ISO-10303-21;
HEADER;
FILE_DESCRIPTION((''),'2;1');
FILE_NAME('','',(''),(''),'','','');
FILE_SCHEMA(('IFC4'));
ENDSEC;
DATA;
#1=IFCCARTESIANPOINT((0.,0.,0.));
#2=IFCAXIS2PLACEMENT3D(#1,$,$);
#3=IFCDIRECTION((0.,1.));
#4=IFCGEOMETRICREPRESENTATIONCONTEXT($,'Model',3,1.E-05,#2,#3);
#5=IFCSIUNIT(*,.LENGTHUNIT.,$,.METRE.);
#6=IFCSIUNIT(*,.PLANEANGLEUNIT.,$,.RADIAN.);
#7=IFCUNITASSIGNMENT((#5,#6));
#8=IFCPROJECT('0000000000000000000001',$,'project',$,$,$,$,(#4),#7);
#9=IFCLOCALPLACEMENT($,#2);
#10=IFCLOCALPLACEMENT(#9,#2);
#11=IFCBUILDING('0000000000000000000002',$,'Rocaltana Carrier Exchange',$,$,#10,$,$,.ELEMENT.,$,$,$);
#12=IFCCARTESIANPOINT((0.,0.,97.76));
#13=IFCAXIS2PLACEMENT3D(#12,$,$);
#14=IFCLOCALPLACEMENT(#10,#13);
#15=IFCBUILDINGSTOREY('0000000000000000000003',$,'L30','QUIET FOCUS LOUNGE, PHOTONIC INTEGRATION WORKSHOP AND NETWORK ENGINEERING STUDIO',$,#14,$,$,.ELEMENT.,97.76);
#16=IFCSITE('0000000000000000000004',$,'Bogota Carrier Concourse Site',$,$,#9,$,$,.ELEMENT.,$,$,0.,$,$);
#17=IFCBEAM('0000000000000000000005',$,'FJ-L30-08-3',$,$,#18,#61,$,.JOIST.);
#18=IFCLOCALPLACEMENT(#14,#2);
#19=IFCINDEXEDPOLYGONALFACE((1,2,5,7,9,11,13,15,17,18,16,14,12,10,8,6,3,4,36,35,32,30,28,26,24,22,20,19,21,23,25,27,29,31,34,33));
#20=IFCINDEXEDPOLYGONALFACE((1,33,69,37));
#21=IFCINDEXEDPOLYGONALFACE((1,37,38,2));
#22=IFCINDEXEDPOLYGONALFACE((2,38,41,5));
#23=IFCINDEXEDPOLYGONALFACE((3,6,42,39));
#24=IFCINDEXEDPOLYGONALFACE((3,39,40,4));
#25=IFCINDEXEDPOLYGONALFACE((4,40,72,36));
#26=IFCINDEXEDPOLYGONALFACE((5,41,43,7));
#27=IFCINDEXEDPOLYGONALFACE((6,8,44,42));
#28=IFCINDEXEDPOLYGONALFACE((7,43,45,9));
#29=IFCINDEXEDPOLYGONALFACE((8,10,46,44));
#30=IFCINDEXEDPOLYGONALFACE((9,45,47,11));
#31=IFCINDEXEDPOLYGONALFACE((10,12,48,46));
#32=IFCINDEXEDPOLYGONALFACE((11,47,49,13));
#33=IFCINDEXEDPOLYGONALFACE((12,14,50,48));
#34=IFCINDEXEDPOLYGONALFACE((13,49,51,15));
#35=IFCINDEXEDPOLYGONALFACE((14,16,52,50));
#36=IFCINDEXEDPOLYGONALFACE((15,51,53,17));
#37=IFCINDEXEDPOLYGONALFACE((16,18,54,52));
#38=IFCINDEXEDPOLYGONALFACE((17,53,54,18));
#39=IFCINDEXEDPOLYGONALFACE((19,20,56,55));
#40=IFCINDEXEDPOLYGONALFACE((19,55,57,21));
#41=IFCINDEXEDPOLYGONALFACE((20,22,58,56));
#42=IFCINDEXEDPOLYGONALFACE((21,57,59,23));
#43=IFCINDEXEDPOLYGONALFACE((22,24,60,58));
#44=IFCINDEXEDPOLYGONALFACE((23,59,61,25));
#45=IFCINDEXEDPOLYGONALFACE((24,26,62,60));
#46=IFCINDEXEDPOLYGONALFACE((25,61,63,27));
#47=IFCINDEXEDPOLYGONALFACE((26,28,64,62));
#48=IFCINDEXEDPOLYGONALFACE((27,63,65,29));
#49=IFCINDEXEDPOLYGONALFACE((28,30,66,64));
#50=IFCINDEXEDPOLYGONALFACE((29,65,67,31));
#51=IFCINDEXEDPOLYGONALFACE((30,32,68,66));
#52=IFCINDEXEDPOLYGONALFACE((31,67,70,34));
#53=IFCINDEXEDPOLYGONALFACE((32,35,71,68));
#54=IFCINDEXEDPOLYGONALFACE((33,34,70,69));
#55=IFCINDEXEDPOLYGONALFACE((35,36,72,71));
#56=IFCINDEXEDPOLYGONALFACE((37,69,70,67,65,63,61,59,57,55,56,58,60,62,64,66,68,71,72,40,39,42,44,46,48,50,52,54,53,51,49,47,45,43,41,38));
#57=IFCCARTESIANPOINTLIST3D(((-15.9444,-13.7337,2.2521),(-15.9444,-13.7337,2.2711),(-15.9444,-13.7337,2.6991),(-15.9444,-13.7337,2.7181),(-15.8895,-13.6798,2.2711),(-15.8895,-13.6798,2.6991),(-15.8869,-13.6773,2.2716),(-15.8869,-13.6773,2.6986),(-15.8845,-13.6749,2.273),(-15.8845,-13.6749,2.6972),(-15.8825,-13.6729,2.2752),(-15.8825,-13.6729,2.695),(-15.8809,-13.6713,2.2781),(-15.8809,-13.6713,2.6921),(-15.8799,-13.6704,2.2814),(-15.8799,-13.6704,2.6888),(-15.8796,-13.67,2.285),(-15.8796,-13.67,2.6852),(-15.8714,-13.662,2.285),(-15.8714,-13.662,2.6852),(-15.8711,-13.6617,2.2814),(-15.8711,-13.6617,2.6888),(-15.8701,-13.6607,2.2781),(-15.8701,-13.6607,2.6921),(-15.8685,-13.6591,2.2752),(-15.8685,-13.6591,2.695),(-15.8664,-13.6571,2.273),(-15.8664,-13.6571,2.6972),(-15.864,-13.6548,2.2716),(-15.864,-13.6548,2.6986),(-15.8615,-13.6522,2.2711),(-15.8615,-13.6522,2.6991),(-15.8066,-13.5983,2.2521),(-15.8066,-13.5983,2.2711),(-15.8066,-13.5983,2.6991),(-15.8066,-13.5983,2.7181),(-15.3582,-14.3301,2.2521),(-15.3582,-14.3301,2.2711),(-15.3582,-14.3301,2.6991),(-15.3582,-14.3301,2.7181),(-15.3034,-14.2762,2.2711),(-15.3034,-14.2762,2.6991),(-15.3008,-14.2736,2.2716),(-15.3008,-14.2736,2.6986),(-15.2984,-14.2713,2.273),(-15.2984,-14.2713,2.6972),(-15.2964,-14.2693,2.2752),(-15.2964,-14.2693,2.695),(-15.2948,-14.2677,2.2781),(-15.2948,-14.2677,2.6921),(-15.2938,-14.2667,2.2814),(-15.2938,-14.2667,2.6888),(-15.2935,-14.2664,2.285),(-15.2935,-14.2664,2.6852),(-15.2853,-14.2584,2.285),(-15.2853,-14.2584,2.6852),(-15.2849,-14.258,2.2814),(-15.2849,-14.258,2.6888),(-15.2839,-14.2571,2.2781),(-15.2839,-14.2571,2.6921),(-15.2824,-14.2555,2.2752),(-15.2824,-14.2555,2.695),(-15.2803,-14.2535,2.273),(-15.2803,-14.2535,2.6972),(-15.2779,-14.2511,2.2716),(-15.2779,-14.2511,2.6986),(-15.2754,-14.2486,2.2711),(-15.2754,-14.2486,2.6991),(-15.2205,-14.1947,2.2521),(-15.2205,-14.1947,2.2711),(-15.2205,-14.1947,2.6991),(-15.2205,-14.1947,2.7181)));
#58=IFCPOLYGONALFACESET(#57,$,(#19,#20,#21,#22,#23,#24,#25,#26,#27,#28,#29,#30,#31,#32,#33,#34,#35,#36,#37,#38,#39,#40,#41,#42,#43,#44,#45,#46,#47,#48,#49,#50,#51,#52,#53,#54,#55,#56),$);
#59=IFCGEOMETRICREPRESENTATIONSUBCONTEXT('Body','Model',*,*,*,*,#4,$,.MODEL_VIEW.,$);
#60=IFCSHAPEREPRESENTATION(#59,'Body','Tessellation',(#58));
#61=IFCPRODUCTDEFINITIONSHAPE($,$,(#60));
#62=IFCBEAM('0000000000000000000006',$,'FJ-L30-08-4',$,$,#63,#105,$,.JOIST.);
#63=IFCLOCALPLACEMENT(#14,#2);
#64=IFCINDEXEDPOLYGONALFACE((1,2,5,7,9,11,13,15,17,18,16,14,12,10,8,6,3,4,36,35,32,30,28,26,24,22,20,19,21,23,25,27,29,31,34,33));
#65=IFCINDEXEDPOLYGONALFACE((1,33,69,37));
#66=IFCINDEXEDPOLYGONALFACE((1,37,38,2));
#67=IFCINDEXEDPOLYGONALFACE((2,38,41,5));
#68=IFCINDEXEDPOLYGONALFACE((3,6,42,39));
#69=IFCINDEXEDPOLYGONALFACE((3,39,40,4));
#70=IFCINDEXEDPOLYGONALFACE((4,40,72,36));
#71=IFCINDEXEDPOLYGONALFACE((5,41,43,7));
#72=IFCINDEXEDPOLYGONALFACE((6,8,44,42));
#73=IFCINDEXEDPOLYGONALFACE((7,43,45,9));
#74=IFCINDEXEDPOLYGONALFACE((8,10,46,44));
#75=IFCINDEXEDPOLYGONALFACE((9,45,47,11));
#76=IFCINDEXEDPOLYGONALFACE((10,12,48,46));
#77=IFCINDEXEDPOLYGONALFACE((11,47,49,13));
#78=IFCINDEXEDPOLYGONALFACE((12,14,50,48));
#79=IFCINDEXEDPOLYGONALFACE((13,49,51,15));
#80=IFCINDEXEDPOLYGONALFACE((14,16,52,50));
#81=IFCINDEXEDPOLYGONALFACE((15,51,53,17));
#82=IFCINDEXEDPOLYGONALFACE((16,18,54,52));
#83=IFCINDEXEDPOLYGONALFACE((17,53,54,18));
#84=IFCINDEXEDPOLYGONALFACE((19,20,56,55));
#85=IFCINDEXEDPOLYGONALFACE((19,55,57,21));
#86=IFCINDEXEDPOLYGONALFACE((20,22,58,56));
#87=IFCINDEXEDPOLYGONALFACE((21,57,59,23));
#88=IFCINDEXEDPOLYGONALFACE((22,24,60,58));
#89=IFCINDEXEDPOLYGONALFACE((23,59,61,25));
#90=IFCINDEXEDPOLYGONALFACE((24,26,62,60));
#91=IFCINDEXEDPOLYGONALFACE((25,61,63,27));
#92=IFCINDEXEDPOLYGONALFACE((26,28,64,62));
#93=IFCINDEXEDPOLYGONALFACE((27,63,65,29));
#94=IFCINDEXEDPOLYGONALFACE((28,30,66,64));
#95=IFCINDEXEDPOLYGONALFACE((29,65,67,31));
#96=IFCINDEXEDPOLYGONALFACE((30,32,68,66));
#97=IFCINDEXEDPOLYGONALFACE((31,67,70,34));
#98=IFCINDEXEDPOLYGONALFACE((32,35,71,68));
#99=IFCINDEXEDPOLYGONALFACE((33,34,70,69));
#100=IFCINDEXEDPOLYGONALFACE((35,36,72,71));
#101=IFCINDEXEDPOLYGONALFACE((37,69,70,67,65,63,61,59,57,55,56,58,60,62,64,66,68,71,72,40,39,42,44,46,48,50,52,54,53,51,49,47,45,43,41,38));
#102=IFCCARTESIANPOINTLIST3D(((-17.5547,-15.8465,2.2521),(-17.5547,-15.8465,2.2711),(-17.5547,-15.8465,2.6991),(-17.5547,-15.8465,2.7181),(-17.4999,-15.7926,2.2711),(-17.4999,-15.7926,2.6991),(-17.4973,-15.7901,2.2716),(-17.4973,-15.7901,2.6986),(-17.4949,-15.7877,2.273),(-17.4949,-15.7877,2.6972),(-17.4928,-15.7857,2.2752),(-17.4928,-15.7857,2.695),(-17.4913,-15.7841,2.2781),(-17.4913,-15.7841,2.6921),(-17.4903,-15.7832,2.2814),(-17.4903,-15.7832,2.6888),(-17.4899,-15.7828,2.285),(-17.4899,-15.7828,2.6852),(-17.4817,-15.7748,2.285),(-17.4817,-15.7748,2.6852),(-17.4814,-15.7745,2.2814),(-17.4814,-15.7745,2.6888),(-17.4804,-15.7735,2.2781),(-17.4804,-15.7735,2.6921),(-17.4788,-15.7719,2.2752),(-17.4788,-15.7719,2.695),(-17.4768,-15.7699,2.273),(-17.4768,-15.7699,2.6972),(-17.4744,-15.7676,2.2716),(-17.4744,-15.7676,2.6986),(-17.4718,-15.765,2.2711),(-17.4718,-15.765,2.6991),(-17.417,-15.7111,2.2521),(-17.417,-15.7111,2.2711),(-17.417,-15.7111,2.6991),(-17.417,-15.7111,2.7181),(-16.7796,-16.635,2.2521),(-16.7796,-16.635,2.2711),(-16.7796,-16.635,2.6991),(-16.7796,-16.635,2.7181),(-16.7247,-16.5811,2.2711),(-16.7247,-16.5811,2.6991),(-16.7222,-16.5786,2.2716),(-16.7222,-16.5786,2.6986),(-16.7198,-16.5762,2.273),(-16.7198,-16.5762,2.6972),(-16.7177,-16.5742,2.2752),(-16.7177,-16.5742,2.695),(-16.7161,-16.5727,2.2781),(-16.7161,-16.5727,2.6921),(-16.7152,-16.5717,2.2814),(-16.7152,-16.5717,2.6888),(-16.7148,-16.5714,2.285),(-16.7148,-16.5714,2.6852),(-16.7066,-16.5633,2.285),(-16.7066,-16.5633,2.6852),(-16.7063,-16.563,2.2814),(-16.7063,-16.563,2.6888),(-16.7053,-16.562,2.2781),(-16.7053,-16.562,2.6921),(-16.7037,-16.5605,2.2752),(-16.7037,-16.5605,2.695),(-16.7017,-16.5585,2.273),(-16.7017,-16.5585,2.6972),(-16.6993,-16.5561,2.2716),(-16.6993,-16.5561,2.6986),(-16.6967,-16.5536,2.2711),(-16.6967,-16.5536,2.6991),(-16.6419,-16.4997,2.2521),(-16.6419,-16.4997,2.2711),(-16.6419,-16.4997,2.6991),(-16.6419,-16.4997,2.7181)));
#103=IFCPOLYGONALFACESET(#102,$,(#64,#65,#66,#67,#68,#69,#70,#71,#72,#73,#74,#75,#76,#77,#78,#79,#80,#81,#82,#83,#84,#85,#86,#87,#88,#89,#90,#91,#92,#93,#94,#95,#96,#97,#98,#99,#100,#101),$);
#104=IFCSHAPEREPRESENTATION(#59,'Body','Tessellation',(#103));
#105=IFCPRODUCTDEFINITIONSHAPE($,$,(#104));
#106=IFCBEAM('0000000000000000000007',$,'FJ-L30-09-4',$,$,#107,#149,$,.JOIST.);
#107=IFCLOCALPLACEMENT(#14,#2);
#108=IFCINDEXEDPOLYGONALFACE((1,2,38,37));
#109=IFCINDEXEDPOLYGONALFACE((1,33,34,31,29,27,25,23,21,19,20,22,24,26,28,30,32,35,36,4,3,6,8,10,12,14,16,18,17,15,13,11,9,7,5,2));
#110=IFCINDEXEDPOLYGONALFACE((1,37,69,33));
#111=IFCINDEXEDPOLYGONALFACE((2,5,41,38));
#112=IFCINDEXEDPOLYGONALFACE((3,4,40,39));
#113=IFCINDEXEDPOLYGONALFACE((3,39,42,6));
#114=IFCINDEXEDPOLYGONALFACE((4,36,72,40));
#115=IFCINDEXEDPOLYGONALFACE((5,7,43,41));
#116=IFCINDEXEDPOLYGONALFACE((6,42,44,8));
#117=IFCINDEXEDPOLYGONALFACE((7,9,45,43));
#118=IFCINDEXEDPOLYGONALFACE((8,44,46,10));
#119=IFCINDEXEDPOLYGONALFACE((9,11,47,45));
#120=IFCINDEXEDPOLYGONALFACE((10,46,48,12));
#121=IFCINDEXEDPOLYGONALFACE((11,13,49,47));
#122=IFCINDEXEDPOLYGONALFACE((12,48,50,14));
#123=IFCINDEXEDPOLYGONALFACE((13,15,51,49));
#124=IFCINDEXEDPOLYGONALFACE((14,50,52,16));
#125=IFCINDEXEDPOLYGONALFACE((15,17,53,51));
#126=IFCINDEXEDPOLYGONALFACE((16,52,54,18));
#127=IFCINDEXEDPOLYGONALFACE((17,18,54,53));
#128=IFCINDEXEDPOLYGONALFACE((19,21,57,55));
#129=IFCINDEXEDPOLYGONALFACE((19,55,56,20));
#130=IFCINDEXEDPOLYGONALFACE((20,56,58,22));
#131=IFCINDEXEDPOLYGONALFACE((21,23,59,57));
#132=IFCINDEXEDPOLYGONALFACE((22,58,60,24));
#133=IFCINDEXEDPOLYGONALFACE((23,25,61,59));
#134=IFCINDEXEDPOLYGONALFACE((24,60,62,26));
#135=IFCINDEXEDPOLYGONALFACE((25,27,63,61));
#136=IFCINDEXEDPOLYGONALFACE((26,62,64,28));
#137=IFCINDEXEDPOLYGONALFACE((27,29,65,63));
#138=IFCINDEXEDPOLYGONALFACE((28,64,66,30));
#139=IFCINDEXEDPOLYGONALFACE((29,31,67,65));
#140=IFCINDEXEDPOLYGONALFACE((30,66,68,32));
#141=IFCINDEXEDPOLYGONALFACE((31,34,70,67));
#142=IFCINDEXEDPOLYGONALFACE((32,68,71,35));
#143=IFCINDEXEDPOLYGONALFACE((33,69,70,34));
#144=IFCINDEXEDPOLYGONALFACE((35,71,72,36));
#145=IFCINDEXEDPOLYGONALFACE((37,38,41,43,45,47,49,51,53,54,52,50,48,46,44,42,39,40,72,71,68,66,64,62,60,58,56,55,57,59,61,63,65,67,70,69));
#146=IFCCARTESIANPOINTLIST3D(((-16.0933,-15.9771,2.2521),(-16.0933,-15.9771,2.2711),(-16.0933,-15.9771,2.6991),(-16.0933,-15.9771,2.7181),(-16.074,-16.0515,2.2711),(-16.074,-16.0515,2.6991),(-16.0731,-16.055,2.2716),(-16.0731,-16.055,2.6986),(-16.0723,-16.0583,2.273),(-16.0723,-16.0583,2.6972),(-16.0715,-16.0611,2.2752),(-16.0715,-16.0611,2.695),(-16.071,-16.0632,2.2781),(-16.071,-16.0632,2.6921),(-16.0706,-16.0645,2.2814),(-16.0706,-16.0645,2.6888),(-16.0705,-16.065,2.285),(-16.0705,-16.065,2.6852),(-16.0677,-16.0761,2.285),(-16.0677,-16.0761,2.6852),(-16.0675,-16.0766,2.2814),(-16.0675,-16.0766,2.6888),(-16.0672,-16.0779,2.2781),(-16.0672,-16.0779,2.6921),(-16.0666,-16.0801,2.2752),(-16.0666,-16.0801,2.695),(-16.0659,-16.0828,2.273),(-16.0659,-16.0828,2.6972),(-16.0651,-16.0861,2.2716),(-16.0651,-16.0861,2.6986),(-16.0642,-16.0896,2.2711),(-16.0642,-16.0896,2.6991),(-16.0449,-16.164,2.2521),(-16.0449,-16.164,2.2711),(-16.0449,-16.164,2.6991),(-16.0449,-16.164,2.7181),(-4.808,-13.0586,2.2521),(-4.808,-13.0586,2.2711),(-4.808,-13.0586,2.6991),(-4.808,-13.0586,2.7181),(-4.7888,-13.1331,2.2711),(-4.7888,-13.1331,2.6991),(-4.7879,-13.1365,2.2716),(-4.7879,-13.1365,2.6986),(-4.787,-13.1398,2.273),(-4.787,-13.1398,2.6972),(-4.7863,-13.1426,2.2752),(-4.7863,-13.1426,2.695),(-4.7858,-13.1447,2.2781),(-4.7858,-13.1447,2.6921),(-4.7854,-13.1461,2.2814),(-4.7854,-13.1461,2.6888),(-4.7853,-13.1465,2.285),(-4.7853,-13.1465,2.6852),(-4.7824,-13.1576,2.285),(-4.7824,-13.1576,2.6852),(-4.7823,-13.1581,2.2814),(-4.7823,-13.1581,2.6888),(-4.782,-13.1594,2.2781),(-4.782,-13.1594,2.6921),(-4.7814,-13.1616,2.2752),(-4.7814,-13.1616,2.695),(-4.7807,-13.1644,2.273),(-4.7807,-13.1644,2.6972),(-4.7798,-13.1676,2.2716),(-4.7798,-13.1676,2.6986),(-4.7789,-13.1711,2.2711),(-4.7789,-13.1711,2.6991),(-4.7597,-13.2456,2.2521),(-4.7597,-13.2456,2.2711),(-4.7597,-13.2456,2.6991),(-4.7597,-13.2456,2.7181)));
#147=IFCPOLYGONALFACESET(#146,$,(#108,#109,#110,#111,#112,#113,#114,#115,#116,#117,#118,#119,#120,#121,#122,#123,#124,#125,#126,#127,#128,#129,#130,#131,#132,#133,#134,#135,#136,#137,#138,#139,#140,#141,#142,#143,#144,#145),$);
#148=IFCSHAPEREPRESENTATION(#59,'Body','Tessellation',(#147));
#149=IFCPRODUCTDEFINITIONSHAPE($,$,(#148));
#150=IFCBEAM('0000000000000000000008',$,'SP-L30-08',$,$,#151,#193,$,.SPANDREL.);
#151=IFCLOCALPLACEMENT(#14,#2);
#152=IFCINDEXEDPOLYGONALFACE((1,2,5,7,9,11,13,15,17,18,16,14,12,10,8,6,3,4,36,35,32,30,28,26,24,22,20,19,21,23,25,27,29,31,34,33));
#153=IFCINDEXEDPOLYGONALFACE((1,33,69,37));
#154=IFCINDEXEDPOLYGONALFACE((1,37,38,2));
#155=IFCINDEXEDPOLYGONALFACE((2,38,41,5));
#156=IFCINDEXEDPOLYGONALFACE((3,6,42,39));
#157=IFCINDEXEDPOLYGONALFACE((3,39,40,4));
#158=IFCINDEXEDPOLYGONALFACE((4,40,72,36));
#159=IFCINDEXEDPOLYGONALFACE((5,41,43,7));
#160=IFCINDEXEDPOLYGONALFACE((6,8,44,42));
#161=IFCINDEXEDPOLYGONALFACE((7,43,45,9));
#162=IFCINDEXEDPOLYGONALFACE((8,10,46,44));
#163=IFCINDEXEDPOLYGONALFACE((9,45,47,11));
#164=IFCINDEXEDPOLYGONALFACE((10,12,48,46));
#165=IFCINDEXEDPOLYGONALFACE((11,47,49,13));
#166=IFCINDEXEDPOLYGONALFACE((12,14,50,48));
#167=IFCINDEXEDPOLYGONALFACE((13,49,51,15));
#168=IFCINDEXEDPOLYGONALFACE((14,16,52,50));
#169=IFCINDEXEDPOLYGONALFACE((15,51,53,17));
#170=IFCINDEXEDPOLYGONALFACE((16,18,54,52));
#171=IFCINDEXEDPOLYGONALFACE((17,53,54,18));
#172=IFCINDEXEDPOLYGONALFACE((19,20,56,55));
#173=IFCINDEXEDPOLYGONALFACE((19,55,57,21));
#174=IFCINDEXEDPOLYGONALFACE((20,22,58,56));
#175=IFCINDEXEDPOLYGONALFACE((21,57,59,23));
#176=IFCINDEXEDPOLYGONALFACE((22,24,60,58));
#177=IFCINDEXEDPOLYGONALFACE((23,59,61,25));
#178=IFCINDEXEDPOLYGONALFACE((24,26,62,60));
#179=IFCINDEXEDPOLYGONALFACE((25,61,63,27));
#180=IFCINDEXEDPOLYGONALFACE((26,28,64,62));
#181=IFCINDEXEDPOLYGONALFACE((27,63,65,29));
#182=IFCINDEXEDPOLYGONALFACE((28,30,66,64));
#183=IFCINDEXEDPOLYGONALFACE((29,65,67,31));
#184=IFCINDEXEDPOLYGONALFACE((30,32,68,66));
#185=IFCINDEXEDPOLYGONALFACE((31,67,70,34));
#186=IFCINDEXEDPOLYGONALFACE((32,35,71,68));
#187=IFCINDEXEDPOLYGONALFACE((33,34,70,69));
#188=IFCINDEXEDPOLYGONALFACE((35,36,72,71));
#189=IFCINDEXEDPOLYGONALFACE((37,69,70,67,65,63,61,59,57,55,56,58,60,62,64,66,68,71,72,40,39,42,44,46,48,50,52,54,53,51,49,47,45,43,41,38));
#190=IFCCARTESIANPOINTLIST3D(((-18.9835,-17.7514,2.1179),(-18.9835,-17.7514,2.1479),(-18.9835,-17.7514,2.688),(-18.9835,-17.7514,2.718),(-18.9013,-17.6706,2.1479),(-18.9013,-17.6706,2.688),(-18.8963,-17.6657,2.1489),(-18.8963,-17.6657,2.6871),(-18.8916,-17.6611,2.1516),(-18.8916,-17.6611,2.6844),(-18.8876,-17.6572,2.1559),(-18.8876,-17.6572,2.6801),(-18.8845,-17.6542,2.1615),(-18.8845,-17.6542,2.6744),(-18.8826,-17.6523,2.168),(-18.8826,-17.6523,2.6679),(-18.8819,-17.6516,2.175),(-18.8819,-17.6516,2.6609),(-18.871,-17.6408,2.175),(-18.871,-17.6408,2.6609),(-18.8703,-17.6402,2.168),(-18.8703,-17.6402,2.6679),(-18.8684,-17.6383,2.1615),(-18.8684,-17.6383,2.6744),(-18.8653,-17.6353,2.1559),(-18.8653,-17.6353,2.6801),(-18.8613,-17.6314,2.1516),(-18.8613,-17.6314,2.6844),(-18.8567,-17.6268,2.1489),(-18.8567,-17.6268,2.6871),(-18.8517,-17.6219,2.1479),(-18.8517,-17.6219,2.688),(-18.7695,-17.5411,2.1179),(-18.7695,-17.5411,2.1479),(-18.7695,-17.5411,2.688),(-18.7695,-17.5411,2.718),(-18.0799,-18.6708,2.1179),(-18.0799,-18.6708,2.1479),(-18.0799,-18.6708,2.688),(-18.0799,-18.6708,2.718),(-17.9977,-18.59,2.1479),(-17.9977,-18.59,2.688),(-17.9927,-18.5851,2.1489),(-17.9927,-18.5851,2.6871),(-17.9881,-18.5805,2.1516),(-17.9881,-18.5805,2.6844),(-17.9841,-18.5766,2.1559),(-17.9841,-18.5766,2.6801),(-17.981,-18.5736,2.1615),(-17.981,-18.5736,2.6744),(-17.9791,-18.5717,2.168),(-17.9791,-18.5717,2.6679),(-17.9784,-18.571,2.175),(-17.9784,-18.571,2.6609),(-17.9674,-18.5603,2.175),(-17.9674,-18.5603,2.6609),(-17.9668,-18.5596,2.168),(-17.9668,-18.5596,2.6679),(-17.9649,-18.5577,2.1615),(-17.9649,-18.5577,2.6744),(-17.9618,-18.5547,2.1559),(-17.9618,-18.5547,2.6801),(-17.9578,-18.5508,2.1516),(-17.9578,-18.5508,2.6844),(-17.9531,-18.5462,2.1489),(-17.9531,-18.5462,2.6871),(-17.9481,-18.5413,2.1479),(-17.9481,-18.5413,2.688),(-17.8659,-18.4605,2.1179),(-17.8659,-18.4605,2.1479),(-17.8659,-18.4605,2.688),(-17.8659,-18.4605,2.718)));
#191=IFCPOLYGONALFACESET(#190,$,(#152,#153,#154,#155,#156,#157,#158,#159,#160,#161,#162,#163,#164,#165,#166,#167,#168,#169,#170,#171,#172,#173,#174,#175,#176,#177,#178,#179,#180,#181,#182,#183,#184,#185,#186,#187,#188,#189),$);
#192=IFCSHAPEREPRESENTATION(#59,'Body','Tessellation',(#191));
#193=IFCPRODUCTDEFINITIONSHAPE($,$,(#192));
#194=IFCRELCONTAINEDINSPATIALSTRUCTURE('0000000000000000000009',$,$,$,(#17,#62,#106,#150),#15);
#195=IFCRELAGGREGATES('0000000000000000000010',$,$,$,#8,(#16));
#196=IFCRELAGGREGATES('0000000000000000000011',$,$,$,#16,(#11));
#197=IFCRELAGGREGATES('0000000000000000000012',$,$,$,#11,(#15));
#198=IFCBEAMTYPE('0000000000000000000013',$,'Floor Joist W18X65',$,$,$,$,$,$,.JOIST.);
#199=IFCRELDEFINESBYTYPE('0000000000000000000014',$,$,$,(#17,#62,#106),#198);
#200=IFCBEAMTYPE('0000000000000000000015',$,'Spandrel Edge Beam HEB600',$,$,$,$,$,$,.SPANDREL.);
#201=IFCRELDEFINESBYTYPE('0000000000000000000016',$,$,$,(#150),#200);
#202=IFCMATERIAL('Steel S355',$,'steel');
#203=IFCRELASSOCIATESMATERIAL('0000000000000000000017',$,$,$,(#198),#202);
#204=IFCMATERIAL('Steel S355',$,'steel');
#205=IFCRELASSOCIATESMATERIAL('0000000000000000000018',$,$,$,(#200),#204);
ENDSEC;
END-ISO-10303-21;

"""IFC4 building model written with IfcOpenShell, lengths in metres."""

from ifc_helpers import new_model, si_unit, direction, frame, origin, origin_2d, place, context, subcontext, project, spatial, i_section, extrude, material, material_profile, profile_set, type_object, element, save


model = new_model("IFC4")

# Units and contexts
model_context = context("Model", 3, precision=1e-05, world=origin(), true_north=direction((0.0, 1.0)))
body_context = subcontext(model_context, "Body", "Model", "MODEL_VIEW")
ifc_project = project(units=[si_unit("LENGTHUNIT", "METRE"), si_unit("PLANEANGLEUNIT", "RADIAN")], contexts=[model_context])

# Site, building, storey
site_placement = place(None, origin())
site = spatial("IfcSite", under=ifc_project, at=site_placement, Name="Bogota Carrier Concourse Site", CompositionType="ELEMENT", RefElevation=0.0)
building_placement = place(site_placement, origin())
building = spatial("IfcBuilding", under=site, at=building_placement, Name="Rocaltana Carrier Exchange", CompositionType="ELEMENT")
storey_placement = place(building_placement, frame((0.0, 0.0, 97.76)))
storey = spatial("IfcBuildingStorey", under=building, at=storey_placement, Name="L30", Description="QUIET FOCUS LOUNGE, PHOTONIC INTEGRATION WORKSHOP AND NETWORK ENGINEERING STUDIO", CompositionType="ELEMENT", Elevation=97.76)

# Beams
ifc_material_1 = material(Name="Steel S355", Category="steel")
ifc_material_profile_1 = material_profile(ifc_material_1, i_section(OverallWidth=0.1931, OverallDepth=0.4661, WebThickness=0.0115, FlangeThickness=0.019, FilletRadius=0.0139, at=origin_2d()), Name="W18X65")
ifc_profile_set_1 = profile_set([ifc_material_profile_1], Name="Steel S355")
beam_type_1 = type_object("IfcBeamType", Name="Floor Joist W18X65", PredefinedType="JOIST", material=ifc_profile_set_1)
beam_1_placement = place(storey_placement, frame((-15.8755, -13.666, 2.4851), z_axis=(0.700949, -0.713211, 0.0), x_axis=(0.713211, 0.700949, 0.0)))
element("IfcBeam", 1, at=beam_1_placement, inside=storey, type_object=beam_type_1, Name="FJ-L30-08-3", PredefinedType="JOIST", context=body_context, shape_type="SweptSolid", body=[
    extrude(i_section(OverallWidth=0.1931, OverallDepth=0.4661, WebThickness=0.0115, FlangeThickness=0.019, FilletRadius=0.0139, at=origin_2d()), origin(), (0.0, 0.0, 1.0), 0.8362),
])
beam_2_placement = place(storey_placement, frame((-17.4858, -15.7788, 2.4851), z_axis=(0.701009, -0.713152, 0.0), x_axis=(0.713152, 0.701009, 0.0)))
element("IfcBeam", 2, at=beam_2_placement, inside=storey, type_object=beam_type_1, Name="FJ-L30-08-4", PredefinedType="JOIST", context=body_context, shape_type="SweptSolid", body=[
    extrude(i_section(OverallWidth=0.1931, OverallDepth=0.4661, WebThickness=0.0115, FlangeThickness=0.019, FilletRadius=0.0139, at=origin_2d()), origin(), (0.0, 0.0, 1.0), 1.1057),
])
beam_3_placement = place(storey_placement, frame((-16.0691, -16.0706, 2.4851), z_axis=(0.968149, 0.250373, 0.0), x_axis=(-0.250373, 0.968149, 0.0)))
element("IfcBeam", 3, at=beam_3_placement, inside=storey, type_object=beam_type_1, Name="FJ-L30-09-4", PredefinedType="JOIST", context=body_context, shape_type="SweptSolid", body=[
    extrude(i_section(OverallWidth=0.1931, OverallDepth=0.4661, WebThickness=0.0115, FlangeThickness=0.019, FilletRadius=0.0139, at=origin_2d()), origin(), (0.0, 0.0, 1.0), 11.6565),
])
ifc_material_2 = material(Name="Steel S355", Category="steel")
ifc_material_profile_2 = material_profile(ifc_material_2, i_section(OverallWidth=0.3, OverallDepth=0.6001, WebThickness=0.0154, FlangeThickness=0.03, FilletRadius=0.0271, at=origin_2d()), Name="HEB600")
ifc_profile_set_2 = profile_set([ifc_material_profile_2], Name="Steel S355")
beam_type_2 = type_object("IfcBeamType", Name="Spandrel Edge Beam HEB600", PredefinedType="SPANDREL", material=ifc_profile_set_2)
beam_4_placement = place(storey_placement, frame((-18.8765, -17.6462, 2.418), z_axis=(0.700925, -0.713235, 0.0), x_axis=(0.713235, 0.700925, 0.0)))
element("IfcBeam", 4, at=beam_4_placement, inside=storey, type_object=beam_type_2, Name="SP-L30-08", PredefinedType="SPANDREL", context=body_context, shape_type="SweptSolid", body=[
    extrude(i_section(OverallWidth=0.3, OverallDepth=0.6001, WebThickness=0.0154, FlangeThickness=0.03, FilletRadius=0.0271, at=origin_2d()), origin(), (0.0, 0.0, 1.0), 1.2891),
])

save(model, "model.ifc")
